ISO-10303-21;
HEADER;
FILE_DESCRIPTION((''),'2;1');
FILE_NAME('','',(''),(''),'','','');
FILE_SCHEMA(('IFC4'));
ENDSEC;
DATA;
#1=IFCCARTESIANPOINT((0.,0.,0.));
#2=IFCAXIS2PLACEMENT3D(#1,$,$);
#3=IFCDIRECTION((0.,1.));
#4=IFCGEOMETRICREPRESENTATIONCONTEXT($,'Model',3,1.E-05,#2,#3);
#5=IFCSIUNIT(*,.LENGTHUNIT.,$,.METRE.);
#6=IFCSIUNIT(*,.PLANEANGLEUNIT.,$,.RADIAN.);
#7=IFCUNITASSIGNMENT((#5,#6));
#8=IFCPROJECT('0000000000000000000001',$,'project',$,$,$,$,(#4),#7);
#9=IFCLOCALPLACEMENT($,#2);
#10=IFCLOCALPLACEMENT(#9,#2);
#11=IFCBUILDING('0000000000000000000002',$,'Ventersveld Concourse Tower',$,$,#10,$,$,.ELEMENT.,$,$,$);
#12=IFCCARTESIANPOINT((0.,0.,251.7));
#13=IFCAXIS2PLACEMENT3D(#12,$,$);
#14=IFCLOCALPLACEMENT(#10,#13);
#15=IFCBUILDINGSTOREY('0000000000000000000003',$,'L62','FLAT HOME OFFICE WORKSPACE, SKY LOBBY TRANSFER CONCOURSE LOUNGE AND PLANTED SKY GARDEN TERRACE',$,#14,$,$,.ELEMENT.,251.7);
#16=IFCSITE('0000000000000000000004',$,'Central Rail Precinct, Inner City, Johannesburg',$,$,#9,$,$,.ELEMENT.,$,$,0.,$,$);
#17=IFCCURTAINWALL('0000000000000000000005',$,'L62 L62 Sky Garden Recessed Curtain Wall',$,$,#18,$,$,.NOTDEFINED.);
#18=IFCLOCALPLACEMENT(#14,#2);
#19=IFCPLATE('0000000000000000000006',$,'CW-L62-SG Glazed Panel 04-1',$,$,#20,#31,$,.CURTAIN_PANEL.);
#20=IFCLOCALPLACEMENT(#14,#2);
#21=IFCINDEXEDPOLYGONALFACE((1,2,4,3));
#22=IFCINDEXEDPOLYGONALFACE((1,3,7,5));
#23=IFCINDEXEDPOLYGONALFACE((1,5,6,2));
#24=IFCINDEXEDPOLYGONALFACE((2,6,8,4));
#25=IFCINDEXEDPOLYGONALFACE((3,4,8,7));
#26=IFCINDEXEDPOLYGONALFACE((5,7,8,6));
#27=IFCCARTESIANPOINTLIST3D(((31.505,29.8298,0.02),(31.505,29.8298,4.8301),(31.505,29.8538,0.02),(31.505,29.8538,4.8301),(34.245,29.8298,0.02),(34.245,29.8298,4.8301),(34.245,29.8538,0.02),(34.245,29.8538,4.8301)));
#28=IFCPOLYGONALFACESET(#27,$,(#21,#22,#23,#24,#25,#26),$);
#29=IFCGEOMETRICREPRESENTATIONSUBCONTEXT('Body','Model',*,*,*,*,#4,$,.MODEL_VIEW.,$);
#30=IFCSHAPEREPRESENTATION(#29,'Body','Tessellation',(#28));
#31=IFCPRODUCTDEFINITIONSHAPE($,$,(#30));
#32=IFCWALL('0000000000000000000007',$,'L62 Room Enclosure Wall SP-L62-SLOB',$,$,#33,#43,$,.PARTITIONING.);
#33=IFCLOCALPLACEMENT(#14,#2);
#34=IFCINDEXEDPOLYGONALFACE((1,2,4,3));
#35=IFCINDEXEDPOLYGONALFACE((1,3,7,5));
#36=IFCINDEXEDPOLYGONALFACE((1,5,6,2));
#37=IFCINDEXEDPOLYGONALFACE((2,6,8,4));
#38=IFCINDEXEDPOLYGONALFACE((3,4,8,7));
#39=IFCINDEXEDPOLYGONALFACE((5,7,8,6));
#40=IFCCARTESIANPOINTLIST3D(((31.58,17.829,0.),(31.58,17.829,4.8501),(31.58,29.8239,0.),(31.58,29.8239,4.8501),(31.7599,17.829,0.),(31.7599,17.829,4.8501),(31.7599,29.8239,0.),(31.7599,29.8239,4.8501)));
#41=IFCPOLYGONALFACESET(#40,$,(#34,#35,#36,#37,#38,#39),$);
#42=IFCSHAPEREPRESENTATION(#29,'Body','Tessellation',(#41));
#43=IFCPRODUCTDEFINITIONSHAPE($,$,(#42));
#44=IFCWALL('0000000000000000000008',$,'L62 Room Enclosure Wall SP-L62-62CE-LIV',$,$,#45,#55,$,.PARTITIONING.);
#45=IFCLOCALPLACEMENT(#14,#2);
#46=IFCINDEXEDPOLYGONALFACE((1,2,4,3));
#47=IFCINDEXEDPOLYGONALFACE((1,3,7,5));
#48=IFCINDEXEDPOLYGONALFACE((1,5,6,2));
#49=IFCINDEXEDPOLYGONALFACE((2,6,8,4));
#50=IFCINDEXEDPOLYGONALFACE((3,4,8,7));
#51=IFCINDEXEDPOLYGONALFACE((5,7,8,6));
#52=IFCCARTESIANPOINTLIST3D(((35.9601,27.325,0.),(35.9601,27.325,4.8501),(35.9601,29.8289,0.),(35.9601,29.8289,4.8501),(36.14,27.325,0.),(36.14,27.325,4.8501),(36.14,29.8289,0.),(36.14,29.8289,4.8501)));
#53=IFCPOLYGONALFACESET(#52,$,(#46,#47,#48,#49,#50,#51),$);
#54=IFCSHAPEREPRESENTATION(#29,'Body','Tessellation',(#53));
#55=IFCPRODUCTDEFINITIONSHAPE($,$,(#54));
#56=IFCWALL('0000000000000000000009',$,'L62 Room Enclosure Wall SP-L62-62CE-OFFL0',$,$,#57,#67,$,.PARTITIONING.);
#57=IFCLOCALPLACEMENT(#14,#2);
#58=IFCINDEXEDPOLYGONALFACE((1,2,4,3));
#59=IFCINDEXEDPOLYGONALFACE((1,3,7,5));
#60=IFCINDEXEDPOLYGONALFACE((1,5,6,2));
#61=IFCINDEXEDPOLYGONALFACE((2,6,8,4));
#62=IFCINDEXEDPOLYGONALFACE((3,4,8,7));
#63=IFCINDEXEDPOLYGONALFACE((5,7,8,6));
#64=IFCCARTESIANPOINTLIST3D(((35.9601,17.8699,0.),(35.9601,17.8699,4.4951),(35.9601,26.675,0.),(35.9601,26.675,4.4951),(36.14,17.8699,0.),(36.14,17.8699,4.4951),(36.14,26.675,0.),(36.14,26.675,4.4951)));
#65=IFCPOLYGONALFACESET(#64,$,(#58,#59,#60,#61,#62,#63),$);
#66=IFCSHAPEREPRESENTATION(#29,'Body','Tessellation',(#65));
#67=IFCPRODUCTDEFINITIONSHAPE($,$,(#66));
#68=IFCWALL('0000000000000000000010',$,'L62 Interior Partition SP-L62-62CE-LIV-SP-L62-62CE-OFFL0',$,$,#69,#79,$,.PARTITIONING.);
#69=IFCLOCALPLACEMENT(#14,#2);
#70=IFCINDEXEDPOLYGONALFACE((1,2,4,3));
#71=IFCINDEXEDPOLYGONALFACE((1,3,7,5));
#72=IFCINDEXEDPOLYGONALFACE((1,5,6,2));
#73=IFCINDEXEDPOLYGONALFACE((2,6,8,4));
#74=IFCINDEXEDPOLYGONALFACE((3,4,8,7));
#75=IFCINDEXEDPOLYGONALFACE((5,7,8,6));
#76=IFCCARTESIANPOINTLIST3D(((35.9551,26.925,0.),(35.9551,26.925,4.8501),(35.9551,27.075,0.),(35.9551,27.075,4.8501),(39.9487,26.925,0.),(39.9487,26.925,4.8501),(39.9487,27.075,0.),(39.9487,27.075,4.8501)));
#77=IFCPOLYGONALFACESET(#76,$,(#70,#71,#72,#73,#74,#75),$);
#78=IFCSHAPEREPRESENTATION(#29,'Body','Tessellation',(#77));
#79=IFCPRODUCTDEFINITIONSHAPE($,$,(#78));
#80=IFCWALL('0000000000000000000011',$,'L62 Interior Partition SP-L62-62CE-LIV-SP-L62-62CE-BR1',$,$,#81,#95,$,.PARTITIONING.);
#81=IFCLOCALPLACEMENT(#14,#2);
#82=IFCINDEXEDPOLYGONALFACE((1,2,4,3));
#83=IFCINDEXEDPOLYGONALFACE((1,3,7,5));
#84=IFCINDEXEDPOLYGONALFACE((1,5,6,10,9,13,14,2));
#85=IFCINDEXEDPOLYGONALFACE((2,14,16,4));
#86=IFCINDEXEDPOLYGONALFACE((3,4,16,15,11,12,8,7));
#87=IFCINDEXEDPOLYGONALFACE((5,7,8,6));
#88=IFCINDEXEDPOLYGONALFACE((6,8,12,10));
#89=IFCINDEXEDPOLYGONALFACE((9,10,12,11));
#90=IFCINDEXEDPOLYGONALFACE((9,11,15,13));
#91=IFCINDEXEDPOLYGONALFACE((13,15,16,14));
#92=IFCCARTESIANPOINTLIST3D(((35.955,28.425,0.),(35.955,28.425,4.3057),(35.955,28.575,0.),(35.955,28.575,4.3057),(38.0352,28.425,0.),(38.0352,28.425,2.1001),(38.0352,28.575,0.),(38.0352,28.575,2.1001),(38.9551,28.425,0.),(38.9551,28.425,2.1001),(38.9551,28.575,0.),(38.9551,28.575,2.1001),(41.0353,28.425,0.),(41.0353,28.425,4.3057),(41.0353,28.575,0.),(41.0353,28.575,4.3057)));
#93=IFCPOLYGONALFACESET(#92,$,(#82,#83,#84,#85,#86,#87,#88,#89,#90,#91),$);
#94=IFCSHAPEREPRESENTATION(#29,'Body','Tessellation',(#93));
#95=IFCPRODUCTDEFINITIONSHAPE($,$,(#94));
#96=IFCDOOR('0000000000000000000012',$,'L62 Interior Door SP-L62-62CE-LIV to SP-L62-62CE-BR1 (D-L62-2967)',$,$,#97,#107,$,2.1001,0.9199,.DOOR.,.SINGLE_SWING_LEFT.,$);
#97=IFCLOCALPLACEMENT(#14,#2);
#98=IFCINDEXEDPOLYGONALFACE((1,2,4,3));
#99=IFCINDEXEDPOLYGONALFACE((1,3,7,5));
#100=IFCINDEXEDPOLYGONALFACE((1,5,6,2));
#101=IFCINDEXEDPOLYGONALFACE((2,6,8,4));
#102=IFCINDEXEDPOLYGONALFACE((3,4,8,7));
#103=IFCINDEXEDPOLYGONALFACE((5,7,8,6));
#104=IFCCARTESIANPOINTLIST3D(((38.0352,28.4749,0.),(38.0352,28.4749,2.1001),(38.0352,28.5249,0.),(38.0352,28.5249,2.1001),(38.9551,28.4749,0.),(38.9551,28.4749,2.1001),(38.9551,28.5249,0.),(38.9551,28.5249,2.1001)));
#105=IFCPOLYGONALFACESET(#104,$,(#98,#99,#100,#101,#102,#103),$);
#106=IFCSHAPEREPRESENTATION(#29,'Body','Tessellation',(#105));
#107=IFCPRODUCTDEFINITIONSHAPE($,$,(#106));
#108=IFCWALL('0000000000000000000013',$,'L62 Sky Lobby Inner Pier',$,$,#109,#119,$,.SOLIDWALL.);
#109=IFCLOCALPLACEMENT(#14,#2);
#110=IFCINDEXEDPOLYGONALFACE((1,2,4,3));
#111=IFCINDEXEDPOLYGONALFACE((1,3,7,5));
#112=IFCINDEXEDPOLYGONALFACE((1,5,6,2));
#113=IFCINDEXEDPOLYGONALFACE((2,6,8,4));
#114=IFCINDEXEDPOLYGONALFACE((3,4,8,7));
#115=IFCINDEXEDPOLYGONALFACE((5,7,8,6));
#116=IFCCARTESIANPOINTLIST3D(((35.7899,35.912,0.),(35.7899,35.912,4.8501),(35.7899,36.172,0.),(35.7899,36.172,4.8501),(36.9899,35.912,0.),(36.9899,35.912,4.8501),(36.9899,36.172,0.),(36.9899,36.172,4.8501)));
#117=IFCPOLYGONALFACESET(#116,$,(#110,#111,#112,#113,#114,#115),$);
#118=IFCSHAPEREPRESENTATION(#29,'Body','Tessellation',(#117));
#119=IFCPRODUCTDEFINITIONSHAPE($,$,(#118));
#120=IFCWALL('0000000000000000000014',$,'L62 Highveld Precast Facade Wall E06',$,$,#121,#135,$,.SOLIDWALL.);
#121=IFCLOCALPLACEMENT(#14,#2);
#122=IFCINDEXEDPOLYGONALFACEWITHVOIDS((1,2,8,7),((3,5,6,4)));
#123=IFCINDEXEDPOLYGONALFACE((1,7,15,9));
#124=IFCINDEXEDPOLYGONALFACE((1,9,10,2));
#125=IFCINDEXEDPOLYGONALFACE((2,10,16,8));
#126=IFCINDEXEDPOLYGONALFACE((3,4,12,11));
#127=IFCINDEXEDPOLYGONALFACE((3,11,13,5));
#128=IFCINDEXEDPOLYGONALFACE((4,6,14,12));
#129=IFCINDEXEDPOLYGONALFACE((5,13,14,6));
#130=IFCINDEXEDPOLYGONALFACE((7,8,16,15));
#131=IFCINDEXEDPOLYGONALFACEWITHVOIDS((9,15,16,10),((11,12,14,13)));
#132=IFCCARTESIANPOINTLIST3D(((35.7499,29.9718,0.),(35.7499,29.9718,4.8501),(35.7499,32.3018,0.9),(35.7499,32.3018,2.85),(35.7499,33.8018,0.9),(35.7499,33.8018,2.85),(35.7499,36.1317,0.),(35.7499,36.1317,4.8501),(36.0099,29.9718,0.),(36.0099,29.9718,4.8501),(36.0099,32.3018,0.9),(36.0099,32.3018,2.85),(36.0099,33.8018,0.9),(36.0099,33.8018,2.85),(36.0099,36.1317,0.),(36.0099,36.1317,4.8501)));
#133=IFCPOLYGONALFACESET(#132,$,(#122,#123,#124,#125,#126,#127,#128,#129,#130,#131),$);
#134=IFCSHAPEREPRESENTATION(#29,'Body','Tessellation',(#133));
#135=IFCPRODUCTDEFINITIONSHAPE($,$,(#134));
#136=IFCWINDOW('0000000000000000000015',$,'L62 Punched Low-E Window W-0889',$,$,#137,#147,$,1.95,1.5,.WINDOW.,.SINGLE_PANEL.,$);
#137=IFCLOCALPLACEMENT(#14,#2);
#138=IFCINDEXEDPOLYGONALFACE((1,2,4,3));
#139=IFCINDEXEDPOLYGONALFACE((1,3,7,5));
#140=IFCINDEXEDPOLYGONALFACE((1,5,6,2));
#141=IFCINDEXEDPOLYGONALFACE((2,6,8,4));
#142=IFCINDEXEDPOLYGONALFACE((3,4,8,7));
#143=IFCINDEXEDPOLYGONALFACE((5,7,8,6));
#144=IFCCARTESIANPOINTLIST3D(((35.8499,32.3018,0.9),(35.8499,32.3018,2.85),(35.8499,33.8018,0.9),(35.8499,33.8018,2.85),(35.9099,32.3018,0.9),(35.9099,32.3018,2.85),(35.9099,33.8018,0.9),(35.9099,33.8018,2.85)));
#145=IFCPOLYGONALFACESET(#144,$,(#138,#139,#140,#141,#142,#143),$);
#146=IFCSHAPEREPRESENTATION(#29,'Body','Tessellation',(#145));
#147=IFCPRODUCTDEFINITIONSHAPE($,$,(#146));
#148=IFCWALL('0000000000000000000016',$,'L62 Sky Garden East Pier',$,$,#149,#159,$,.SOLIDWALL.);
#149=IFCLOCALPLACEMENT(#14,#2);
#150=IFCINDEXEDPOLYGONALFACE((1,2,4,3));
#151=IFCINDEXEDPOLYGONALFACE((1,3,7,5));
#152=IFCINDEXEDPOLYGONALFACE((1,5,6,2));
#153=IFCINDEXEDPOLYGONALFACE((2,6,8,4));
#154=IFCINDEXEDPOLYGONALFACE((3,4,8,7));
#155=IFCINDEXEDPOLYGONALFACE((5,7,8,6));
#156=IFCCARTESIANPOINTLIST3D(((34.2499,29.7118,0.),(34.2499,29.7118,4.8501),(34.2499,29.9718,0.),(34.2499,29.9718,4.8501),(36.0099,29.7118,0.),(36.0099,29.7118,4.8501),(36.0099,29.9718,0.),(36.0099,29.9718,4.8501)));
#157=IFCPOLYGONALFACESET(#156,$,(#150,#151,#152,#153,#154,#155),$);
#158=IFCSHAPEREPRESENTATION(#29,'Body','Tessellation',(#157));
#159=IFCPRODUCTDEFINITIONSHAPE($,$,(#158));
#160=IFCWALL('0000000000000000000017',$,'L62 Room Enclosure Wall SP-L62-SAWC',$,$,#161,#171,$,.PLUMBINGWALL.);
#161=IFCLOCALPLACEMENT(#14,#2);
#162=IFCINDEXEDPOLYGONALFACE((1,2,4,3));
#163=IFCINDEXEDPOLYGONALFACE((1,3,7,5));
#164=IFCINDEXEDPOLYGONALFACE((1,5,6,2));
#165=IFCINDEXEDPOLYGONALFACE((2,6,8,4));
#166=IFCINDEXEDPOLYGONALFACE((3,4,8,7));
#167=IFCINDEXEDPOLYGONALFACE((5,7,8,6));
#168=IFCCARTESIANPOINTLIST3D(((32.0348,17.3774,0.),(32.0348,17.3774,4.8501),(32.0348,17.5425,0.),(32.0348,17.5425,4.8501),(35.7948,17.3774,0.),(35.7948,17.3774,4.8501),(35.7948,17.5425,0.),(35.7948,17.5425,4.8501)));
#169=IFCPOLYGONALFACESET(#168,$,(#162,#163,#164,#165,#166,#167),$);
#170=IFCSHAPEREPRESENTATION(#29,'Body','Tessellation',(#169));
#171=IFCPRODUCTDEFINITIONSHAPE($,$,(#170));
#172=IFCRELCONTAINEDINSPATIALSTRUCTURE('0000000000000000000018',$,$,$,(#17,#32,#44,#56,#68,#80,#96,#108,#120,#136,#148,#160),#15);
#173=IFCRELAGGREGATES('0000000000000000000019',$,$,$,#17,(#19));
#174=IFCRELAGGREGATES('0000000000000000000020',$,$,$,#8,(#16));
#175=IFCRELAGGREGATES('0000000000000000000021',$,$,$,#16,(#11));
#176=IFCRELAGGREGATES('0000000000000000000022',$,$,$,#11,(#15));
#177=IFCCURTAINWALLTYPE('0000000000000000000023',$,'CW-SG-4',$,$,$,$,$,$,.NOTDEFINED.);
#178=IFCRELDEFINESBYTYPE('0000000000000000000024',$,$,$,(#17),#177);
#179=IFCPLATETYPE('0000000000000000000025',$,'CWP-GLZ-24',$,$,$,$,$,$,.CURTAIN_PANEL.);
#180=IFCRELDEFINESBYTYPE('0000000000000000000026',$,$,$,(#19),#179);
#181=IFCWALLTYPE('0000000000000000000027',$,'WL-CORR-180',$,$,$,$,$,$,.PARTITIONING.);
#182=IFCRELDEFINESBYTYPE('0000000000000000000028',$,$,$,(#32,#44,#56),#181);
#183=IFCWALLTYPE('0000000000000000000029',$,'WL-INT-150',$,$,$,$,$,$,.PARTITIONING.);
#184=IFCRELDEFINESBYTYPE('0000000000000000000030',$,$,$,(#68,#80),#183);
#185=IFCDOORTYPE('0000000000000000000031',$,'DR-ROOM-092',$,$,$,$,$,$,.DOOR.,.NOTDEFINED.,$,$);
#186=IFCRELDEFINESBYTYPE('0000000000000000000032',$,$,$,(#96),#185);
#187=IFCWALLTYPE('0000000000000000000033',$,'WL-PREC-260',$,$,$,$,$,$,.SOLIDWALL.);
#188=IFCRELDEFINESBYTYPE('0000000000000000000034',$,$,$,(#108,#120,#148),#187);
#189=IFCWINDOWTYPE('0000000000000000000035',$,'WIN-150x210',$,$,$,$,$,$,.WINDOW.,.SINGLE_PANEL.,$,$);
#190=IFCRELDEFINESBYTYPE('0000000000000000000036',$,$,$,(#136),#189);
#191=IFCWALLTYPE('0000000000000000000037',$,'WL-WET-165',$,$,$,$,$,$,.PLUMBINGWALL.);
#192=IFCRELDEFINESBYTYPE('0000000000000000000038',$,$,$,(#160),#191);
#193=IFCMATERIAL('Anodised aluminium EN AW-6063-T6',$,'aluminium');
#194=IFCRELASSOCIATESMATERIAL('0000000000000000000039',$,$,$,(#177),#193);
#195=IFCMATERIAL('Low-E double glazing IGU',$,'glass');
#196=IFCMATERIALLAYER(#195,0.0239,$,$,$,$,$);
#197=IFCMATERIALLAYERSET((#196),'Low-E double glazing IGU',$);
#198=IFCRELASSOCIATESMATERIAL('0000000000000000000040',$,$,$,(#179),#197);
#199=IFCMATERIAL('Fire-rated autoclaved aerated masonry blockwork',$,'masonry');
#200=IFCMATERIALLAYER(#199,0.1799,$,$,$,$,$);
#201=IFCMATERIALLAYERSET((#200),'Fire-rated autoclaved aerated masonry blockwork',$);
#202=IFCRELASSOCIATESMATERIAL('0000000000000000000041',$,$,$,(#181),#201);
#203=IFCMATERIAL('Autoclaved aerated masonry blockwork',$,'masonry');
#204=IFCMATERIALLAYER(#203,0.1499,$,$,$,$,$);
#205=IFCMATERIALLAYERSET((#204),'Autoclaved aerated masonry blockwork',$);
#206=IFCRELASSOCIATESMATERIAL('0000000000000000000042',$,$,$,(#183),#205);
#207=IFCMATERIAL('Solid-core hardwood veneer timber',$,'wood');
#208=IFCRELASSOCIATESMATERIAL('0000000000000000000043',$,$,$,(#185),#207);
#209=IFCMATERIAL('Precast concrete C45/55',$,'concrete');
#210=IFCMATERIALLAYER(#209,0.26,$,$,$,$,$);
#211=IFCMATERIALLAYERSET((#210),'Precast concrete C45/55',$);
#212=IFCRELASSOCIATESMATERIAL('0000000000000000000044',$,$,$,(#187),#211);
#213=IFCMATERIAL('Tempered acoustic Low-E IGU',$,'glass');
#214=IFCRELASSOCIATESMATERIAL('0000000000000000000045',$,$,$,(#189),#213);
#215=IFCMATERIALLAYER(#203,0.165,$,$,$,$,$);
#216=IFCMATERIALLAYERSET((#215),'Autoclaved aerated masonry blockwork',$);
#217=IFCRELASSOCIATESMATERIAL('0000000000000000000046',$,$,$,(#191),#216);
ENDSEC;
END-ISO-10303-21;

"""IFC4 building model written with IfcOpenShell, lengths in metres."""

from ifc_helpers import new_model, si_unit, direction, frame, frame_2d, origin, origin_2d, place, context, subcontext, project, spatial, rectangle, extrude, material, layer, layer_set, type_object, element, fill, aggregate, save


model = new_model("IFC4")

# Units and contexts
model_context = context("Model", 3, precision=1e-05, world=origin(), true_north=direction((0.0, 1.0)))
body_context = subcontext(model_context, "Body", "Model", "MODEL_VIEW")
ifc_project = project(units=[si_unit("LENGTHUNIT", "METRE"), si_unit("PLANEANGLEUNIT", "RADIAN")], contexts=[model_context])

# Site, building, storey
site_placement = place(None, origin())
site = spatial("IfcSite", under=ifc_project, at=site_placement, Name="Central Rail Precinct, Inner City, Johannesburg", CompositionType="ELEMENT", RefElevation=0.0)
building_placement = place(site_placement, origin())
building = spatial("IfcBuilding", under=site, at=building_placement, Name="Ventersveld Concourse Tower", CompositionType="ELEMENT")
storey_placement = place(building_placement, frame((0.0, 0.0, 251.7)))
storey = spatial("IfcBuildingStorey", under=building, at=storey_placement, Name="L62", Description="FLAT HOME OFFICE WORKSPACE, SKY LOBBY TRANSFER CONCOURSE LOUNGE AND PLANTED SKY GARDEN TERRACE", CompositionType="ELEMENT", Elevation=251.7)

# Curtain wall
ifc_material_1 = material(Name="Anodised aluminium EN AW-6063-T6", Category="aluminium")
curtain_wall_type_1 = type_object("IfcCurtainWallType", Name="CW-SG-4", PredefinedType="NOTDEFINED", material=ifc_material_1)
curtain_wall_1_placement = place(storey_placement, origin())
curtain_wall_1 = element("IfcCurtainWall", 1, at=curtain_wall_1_placement, inside=storey, type_object=curtain_wall_type_1, Name="L62 L62 Sky Garden Recessed Curtain Wall", PredefinedType="NOTDEFINED")

# Plate
ifc_material_2 = material(Name="Low-E double glazing IGU", Category="glass")
ifc_layer_1 = layer(ifc_material_2, 0.0239)
ifc_layer_set_1 = layer_set([ifc_layer_1], Name="Low-E double glazing IGU")
plate_type = type_object("IfcPlateType", Name="CWP-GLZ-24", PredefinedType="CURTAIN_PANEL", material=ifc_layer_set_1)
plate_1_placement = place(storey_placement, frame((32.875, 29.8418, 0.02), z_axis=(0.0, 0.0, 1.0), x_axis=(1.0, 0.0, 0.0)))
plate_1 = element("IfcPlate", 2, at=plate_1_placement, type_object=plate_type, Name="CW-L62-SG Glazed Panel 04-1", PredefinedType="CURTAIN_PANEL", context=body_context, shape_type="SweptSolid", body=[
    extrude(rectangle(XDim=2.74, YDim=0.0239, at=origin_2d()), origin(), (0.0, 0.0, 1.0), 4.8101),
])
aggregate(curtain_wall_1, [plate_1])

# Walls
ifc_material_3 = material(Name="Fire-rated autoclaved aerated masonry blockwork", Category="masonry")
ifc_layer_2 = layer(ifc_material_3, 0.1799)
ifc_layer_set_2 = layer_set([ifc_layer_2], Name="Fire-rated autoclaved aerated masonry blockwork")
wall_type_1 = type_object("IfcWallType", Name="WL-CORR-180", PredefinedType="PARTITIONING", material=ifc_layer_set_2)
wall_1_placement = place(storey_placement, frame((31.6699, 29.824, 0.0), z_axis=(0.0, 0.0, 1.0), x_axis=(0.0, -1.0, 0.0)))
element("IfcWall", 3, at=wall_1_placement, inside=storey, type_object=wall_type_1, Name="L62 Room Enclosure Wall SP-L62-SLOB", PredefinedType="PARTITIONING", context=body_context, shape_type="SweptSolid", body=[
    extrude(rectangle(XDim=11.9949, YDim=0.1799, at=frame_2d((5.9976, 0.0))), origin(), (0.0, 0.0, 1.0), 4.8501),
])
wall_2_placement = place(storey_placement, frame((36.05, 27.325, 0.0), z_axis=(0.0, 0.0, 1.0), x_axis=(0.0, 1.0, 0.0)))
element("IfcWall", 4, at=wall_2_placement, inside=storey, type_object=wall_type_1, Name="L62 Room Enclosure Wall SP-L62-62CE-LIV", PredefinedType="PARTITIONING", context=body_context, shape_type="SweptSolid", body=[
    extrude(rectangle(XDim=2.5039, YDim=0.1799, at=frame_2d((1.252, 0.0))), origin(), (0.0, 0.0, 1.0), 4.8501),
])
wall_3_placement = place(storey_placement, frame((36.05, 17.8699, 0.0), z_axis=(0.0, 0.0, 1.0), x_axis=(0.0, 1.0, 0.0)))
element("IfcWall", 5, at=wall_3_placement, inside=storey, type_object=wall_type_1, Name="L62 Room Enclosure Wall SP-L62-62CE-OFFL0", PredefinedType="PARTITIONING", context=body_context, shape_type="SweptSolid", body=[
    extrude(rectangle(XDim=8.8052, YDim=0.1799, at=frame_2d((4.4026, 0.0))), origin(), (0.0, 0.0, 1.0), 4.4951),
])
ifc_material_4 = material(Name="Autoclaved aerated masonry blockwork", Category="masonry")
ifc_layer_3 = layer(ifc_material_4, 0.1499)
ifc_layer_set_3 = layer_set([ifc_layer_3], Name="Autoclaved aerated masonry blockwork")
wall_type_2 = type_object("IfcWallType", Name="WL-INT-150", PredefinedType="PARTITIONING", material=ifc_layer_set_3)
wall_4_placement = place(storey_placement, frame((35.9551, 27.0, 0.0), z_axis=(0.0, 0.0, 1.0), x_axis=(1.0, 0.0, 0.0)))
element("IfcWall", 6, at=wall_4_placement, inside=storey, type_object=wall_type_2, Name="L62 Interior Partition SP-L62-62CE-LIV-SP-L62-62CE-OFFL0", PredefinedType="PARTITIONING", context=body_context, shape_type="SweptSolid", body=[
    extrude(rectangle(XDim=3.9937, YDim=0.1499, at=frame_2d((1.9968, 0.0))), origin(), (0.0, 0.0, 1.0), 4.8501),
])

# Wall, opening, door
wall_5_placement = place(storey_placement, frame((35.9551, 28.5, 0.0), z_axis=(0.0, 0.0, 1.0), x_axis=(1.0, 0.0, 0.0)))
wall_5 = element("IfcWall", 7, at=wall_5_placement, inside=storey, type_object=wall_type_2, Name="L62 Interior Partition SP-L62-62CE-LIV-SP-L62-62CE-BR1", PredefinedType="PARTITIONING", context=body_context, shape_type="SweptSolid", body=[
    extrude(rectangle(XDim=5.0803, YDim=0.1499, at=frame_2d((2.54, 0.0))), origin(), (0.0, 0.0, 1.0), 4.3057),
])
opening_1_placement = place(wall_5_placement, frame((2.0801, 0.0, 0.0)))
opening_1 = element("IfcOpeningElement", 8, at=opening_1_placement, cuts=wall_5, PredefinedType="OPENING", context=body_context, shape_type="SweptSolid", body=[
    extrude(rectangle(XDim=0.9199, YDim=2.1001, at=frame_2d((0.46, 1.05))), frame((0.0, 0.085, 0.0), z_axis=(0.0, -1.0, 0.0), x_axis=(1.0, 0.0, 0.0)), (0.0, 0.0, 1.0), 0.1699),
])
ifc_material_5 = material(Name="Solid-core hardwood veneer timber", Category="wood")
door_type = type_object("IfcDoorType", Name="DR-ROOM-092", OperationType="NOTDEFINED", PredefinedType="DOOR", material=ifc_material_5)
door_placement = place(opening_1_placement, origin())
door = element("IfcDoor", 9, at=door_placement, inside=storey, type_object=door_type, Name="L62 Interior Door SP-L62-62CE-LIV to SP-L62-62CE-BR1 (D-L62-2967)", OperationType="SINGLE_SWING_LEFT", OverallHeight=2.1001, OverallWidth=0.9199, PredefinedType="DOOR", context=body_context, shape_type="SweptSolid", body=[
    extrude(rectangle(XDim=0.9199, YDim=2.1001, at=frame_2d((0.46, 1.05))), frame((0.0, 0.0249, 0.0), z_axis=(0.0, -1.0, 0.0), x_axis=(1.0, 0.0, 0.0)), (0.0, 0.0, 1.0), 0.05),
])
fill(opening_1, door)

# Wall
ifc_material_6 = material(Name="Precast concrete C45/55", Category="concrete")
ifc_layer_4 = layer(ifc_material_6, 0.26)
ifc_layer_set_4 = layer_set([ifc_layer_4], Name="Precast concrete C45/55")
wall_type_3 = type_object("IfcWallType", Name="WL-PREC-260", PredefinedType="SOLIDWALL", material=ifc_layer_set_4)
wall_6_placement = place(storey_placement, frame((36.99, 36.042, 0.0), z_axis=(0.0, 0.0, 1.0), x_axis=(-1.0, 0.0, 0.0)))
element("IfcWall", 10, at=wall_6_placement, inside=storey, type_object=wall_type_3, Name="L62 Sky Lobby Inner Pier", PredefinedType="SOLIDWALL", context=body_context, shape_type="SweptSolid", body=[
    extrude(rectangle(XDim=1.2, YDim=0.26, at=frame_2d((0.6001, 0.0))), origin(), (0.0, 0.0, 1.0), 4.8501),
])

# Wall, opening, window
wall_7_placement = place(storey_placement, frame((35.8799, 36.1318, 0.0), z_axis=(0.0, 0.0, 1.0), x_axis=(0.0, -1.0, 0.0)))
wall_7 = element("IfcWall", 11, at=wall_7_placement, inside=storey, type_object=wall_type_3, Name="L62 Highveld Precast Facade Wall E06", PredefinedType="SOLIDWALL", context=body_context, shape_type="SweptSolid", body=[
    extrude(rectangle(XDim=6.1599, YDim=0.26, at=frame_2d((3.0801, 0.0))), origin(), (0.0, 0.0, 1.0), 4.8501),
])
opening_2_placement = place(wall_7_placement, frame((2.3301, 0.0, 0.8999)))
opening_2 = element("IfcOpeningElement", 12, at=opening_2_placement, cuts=wall_7, PredefinedType="OPENING", context=body_context, shape_type="SweptSolid", body=[
    extrude(rectangle(XDim=1.5, YDim=1.95, at=frame_2d((0.75, 0.9751))), frame((0.0, 0.1401, 0.0), z_axis=(0.0, -1.0, 0.0), x_axis=(1.0, 0.0, 0.0)), (0.0, 0.0, 1.0), 0.28),
])
ifc_material_7 = material(Name="Tempered acoustic Low-E IGU", Category="glass")
window_type = type_object("IfcWindowType", Name="WIN-150x210", PartitioningType="SINGLE_PANEL", PredefinedType="WINDOW", material=ifc_material_7)
window_placement = place(opening_2_placement, origin())
window = element("IfcWindow", 13, at=window_placement, inside=storey, type_object=window_type, Name="L62 Punched Low-E Window W-0889", OverallHeight=1.95, OverallWidth=1.5, PartitioningType="SINGLE_PANEL", PredefinedType="WINDOW", context=body_context, shape_type="SweptSolid", body=[
    extrude(rectangle(XDim=1.5, YDim=1.95, at=frame_2d((0.75, 0.9751))), frame((0.0, 0.03, 0.0), z_axis=(0.0, -1.0, 0.0), x_axis=(1.0, 0.0, 0.0)), (0.0, 0.0, 1.0), 0.0601),
])
fill(opening_2, window)

# Walls
wall_8_placement = place(storey_placement, frame((34.25, 29.8418, 0.0), z_axis=(0.0, 0.0, 1.0), x_axis=(1.0, 0.0, 0.0)))
element("IfcWall", 14, at=wall_8_placement, inside=storey, type_object=wall_type_3, Name="L62 Sky Garden East Pier", PredefinedType="SOLIDWALL", context=body_context, shape_type="SweptSolid", body=[
    extrude(rectangle(XDim=1.76, YDim=0.26, at=frame_2d((0.8799, 0.0))), origin(), (0.0, 0.0, 1.0), 4.8501),
])
ifc_layer_5 = layer(ifc_material_4, 0.165)
ifc_layer_set_5 = layer_set([ifc_layer_5], Name="Autoclaved aerated masonry blockwork")
wall_type_4 = type_object("IfcWallType", Name="WL-WET-165", PredefinedType="PLUMBINGWALL", material=ifc_layer_set_5)
wall_9_placement = place(storey_placement, frame((32.0349, 17.46, 0.0), z_axis=(0.0, 0.0, 1.0), x_axis=(1.0, 0.0, 0.0)))
element("IfcWall", 15, at=wall_9_placement, inside=storey, type_object=wall_type_4, Name="L62 Room Enclosure Wall SP-L62-SAWC", PredefinedType="PLUMBINGWALL", context=body_context, shape_type="SweptSolid", body=[
    extrude(rectangle(XDim=3.76, YDim=0.165, at=frame_2d((1.8799, 0.0))), origin(), (0.0, 0.0, 1.0), 4.8501),
])

save(model, "model.ifc")
